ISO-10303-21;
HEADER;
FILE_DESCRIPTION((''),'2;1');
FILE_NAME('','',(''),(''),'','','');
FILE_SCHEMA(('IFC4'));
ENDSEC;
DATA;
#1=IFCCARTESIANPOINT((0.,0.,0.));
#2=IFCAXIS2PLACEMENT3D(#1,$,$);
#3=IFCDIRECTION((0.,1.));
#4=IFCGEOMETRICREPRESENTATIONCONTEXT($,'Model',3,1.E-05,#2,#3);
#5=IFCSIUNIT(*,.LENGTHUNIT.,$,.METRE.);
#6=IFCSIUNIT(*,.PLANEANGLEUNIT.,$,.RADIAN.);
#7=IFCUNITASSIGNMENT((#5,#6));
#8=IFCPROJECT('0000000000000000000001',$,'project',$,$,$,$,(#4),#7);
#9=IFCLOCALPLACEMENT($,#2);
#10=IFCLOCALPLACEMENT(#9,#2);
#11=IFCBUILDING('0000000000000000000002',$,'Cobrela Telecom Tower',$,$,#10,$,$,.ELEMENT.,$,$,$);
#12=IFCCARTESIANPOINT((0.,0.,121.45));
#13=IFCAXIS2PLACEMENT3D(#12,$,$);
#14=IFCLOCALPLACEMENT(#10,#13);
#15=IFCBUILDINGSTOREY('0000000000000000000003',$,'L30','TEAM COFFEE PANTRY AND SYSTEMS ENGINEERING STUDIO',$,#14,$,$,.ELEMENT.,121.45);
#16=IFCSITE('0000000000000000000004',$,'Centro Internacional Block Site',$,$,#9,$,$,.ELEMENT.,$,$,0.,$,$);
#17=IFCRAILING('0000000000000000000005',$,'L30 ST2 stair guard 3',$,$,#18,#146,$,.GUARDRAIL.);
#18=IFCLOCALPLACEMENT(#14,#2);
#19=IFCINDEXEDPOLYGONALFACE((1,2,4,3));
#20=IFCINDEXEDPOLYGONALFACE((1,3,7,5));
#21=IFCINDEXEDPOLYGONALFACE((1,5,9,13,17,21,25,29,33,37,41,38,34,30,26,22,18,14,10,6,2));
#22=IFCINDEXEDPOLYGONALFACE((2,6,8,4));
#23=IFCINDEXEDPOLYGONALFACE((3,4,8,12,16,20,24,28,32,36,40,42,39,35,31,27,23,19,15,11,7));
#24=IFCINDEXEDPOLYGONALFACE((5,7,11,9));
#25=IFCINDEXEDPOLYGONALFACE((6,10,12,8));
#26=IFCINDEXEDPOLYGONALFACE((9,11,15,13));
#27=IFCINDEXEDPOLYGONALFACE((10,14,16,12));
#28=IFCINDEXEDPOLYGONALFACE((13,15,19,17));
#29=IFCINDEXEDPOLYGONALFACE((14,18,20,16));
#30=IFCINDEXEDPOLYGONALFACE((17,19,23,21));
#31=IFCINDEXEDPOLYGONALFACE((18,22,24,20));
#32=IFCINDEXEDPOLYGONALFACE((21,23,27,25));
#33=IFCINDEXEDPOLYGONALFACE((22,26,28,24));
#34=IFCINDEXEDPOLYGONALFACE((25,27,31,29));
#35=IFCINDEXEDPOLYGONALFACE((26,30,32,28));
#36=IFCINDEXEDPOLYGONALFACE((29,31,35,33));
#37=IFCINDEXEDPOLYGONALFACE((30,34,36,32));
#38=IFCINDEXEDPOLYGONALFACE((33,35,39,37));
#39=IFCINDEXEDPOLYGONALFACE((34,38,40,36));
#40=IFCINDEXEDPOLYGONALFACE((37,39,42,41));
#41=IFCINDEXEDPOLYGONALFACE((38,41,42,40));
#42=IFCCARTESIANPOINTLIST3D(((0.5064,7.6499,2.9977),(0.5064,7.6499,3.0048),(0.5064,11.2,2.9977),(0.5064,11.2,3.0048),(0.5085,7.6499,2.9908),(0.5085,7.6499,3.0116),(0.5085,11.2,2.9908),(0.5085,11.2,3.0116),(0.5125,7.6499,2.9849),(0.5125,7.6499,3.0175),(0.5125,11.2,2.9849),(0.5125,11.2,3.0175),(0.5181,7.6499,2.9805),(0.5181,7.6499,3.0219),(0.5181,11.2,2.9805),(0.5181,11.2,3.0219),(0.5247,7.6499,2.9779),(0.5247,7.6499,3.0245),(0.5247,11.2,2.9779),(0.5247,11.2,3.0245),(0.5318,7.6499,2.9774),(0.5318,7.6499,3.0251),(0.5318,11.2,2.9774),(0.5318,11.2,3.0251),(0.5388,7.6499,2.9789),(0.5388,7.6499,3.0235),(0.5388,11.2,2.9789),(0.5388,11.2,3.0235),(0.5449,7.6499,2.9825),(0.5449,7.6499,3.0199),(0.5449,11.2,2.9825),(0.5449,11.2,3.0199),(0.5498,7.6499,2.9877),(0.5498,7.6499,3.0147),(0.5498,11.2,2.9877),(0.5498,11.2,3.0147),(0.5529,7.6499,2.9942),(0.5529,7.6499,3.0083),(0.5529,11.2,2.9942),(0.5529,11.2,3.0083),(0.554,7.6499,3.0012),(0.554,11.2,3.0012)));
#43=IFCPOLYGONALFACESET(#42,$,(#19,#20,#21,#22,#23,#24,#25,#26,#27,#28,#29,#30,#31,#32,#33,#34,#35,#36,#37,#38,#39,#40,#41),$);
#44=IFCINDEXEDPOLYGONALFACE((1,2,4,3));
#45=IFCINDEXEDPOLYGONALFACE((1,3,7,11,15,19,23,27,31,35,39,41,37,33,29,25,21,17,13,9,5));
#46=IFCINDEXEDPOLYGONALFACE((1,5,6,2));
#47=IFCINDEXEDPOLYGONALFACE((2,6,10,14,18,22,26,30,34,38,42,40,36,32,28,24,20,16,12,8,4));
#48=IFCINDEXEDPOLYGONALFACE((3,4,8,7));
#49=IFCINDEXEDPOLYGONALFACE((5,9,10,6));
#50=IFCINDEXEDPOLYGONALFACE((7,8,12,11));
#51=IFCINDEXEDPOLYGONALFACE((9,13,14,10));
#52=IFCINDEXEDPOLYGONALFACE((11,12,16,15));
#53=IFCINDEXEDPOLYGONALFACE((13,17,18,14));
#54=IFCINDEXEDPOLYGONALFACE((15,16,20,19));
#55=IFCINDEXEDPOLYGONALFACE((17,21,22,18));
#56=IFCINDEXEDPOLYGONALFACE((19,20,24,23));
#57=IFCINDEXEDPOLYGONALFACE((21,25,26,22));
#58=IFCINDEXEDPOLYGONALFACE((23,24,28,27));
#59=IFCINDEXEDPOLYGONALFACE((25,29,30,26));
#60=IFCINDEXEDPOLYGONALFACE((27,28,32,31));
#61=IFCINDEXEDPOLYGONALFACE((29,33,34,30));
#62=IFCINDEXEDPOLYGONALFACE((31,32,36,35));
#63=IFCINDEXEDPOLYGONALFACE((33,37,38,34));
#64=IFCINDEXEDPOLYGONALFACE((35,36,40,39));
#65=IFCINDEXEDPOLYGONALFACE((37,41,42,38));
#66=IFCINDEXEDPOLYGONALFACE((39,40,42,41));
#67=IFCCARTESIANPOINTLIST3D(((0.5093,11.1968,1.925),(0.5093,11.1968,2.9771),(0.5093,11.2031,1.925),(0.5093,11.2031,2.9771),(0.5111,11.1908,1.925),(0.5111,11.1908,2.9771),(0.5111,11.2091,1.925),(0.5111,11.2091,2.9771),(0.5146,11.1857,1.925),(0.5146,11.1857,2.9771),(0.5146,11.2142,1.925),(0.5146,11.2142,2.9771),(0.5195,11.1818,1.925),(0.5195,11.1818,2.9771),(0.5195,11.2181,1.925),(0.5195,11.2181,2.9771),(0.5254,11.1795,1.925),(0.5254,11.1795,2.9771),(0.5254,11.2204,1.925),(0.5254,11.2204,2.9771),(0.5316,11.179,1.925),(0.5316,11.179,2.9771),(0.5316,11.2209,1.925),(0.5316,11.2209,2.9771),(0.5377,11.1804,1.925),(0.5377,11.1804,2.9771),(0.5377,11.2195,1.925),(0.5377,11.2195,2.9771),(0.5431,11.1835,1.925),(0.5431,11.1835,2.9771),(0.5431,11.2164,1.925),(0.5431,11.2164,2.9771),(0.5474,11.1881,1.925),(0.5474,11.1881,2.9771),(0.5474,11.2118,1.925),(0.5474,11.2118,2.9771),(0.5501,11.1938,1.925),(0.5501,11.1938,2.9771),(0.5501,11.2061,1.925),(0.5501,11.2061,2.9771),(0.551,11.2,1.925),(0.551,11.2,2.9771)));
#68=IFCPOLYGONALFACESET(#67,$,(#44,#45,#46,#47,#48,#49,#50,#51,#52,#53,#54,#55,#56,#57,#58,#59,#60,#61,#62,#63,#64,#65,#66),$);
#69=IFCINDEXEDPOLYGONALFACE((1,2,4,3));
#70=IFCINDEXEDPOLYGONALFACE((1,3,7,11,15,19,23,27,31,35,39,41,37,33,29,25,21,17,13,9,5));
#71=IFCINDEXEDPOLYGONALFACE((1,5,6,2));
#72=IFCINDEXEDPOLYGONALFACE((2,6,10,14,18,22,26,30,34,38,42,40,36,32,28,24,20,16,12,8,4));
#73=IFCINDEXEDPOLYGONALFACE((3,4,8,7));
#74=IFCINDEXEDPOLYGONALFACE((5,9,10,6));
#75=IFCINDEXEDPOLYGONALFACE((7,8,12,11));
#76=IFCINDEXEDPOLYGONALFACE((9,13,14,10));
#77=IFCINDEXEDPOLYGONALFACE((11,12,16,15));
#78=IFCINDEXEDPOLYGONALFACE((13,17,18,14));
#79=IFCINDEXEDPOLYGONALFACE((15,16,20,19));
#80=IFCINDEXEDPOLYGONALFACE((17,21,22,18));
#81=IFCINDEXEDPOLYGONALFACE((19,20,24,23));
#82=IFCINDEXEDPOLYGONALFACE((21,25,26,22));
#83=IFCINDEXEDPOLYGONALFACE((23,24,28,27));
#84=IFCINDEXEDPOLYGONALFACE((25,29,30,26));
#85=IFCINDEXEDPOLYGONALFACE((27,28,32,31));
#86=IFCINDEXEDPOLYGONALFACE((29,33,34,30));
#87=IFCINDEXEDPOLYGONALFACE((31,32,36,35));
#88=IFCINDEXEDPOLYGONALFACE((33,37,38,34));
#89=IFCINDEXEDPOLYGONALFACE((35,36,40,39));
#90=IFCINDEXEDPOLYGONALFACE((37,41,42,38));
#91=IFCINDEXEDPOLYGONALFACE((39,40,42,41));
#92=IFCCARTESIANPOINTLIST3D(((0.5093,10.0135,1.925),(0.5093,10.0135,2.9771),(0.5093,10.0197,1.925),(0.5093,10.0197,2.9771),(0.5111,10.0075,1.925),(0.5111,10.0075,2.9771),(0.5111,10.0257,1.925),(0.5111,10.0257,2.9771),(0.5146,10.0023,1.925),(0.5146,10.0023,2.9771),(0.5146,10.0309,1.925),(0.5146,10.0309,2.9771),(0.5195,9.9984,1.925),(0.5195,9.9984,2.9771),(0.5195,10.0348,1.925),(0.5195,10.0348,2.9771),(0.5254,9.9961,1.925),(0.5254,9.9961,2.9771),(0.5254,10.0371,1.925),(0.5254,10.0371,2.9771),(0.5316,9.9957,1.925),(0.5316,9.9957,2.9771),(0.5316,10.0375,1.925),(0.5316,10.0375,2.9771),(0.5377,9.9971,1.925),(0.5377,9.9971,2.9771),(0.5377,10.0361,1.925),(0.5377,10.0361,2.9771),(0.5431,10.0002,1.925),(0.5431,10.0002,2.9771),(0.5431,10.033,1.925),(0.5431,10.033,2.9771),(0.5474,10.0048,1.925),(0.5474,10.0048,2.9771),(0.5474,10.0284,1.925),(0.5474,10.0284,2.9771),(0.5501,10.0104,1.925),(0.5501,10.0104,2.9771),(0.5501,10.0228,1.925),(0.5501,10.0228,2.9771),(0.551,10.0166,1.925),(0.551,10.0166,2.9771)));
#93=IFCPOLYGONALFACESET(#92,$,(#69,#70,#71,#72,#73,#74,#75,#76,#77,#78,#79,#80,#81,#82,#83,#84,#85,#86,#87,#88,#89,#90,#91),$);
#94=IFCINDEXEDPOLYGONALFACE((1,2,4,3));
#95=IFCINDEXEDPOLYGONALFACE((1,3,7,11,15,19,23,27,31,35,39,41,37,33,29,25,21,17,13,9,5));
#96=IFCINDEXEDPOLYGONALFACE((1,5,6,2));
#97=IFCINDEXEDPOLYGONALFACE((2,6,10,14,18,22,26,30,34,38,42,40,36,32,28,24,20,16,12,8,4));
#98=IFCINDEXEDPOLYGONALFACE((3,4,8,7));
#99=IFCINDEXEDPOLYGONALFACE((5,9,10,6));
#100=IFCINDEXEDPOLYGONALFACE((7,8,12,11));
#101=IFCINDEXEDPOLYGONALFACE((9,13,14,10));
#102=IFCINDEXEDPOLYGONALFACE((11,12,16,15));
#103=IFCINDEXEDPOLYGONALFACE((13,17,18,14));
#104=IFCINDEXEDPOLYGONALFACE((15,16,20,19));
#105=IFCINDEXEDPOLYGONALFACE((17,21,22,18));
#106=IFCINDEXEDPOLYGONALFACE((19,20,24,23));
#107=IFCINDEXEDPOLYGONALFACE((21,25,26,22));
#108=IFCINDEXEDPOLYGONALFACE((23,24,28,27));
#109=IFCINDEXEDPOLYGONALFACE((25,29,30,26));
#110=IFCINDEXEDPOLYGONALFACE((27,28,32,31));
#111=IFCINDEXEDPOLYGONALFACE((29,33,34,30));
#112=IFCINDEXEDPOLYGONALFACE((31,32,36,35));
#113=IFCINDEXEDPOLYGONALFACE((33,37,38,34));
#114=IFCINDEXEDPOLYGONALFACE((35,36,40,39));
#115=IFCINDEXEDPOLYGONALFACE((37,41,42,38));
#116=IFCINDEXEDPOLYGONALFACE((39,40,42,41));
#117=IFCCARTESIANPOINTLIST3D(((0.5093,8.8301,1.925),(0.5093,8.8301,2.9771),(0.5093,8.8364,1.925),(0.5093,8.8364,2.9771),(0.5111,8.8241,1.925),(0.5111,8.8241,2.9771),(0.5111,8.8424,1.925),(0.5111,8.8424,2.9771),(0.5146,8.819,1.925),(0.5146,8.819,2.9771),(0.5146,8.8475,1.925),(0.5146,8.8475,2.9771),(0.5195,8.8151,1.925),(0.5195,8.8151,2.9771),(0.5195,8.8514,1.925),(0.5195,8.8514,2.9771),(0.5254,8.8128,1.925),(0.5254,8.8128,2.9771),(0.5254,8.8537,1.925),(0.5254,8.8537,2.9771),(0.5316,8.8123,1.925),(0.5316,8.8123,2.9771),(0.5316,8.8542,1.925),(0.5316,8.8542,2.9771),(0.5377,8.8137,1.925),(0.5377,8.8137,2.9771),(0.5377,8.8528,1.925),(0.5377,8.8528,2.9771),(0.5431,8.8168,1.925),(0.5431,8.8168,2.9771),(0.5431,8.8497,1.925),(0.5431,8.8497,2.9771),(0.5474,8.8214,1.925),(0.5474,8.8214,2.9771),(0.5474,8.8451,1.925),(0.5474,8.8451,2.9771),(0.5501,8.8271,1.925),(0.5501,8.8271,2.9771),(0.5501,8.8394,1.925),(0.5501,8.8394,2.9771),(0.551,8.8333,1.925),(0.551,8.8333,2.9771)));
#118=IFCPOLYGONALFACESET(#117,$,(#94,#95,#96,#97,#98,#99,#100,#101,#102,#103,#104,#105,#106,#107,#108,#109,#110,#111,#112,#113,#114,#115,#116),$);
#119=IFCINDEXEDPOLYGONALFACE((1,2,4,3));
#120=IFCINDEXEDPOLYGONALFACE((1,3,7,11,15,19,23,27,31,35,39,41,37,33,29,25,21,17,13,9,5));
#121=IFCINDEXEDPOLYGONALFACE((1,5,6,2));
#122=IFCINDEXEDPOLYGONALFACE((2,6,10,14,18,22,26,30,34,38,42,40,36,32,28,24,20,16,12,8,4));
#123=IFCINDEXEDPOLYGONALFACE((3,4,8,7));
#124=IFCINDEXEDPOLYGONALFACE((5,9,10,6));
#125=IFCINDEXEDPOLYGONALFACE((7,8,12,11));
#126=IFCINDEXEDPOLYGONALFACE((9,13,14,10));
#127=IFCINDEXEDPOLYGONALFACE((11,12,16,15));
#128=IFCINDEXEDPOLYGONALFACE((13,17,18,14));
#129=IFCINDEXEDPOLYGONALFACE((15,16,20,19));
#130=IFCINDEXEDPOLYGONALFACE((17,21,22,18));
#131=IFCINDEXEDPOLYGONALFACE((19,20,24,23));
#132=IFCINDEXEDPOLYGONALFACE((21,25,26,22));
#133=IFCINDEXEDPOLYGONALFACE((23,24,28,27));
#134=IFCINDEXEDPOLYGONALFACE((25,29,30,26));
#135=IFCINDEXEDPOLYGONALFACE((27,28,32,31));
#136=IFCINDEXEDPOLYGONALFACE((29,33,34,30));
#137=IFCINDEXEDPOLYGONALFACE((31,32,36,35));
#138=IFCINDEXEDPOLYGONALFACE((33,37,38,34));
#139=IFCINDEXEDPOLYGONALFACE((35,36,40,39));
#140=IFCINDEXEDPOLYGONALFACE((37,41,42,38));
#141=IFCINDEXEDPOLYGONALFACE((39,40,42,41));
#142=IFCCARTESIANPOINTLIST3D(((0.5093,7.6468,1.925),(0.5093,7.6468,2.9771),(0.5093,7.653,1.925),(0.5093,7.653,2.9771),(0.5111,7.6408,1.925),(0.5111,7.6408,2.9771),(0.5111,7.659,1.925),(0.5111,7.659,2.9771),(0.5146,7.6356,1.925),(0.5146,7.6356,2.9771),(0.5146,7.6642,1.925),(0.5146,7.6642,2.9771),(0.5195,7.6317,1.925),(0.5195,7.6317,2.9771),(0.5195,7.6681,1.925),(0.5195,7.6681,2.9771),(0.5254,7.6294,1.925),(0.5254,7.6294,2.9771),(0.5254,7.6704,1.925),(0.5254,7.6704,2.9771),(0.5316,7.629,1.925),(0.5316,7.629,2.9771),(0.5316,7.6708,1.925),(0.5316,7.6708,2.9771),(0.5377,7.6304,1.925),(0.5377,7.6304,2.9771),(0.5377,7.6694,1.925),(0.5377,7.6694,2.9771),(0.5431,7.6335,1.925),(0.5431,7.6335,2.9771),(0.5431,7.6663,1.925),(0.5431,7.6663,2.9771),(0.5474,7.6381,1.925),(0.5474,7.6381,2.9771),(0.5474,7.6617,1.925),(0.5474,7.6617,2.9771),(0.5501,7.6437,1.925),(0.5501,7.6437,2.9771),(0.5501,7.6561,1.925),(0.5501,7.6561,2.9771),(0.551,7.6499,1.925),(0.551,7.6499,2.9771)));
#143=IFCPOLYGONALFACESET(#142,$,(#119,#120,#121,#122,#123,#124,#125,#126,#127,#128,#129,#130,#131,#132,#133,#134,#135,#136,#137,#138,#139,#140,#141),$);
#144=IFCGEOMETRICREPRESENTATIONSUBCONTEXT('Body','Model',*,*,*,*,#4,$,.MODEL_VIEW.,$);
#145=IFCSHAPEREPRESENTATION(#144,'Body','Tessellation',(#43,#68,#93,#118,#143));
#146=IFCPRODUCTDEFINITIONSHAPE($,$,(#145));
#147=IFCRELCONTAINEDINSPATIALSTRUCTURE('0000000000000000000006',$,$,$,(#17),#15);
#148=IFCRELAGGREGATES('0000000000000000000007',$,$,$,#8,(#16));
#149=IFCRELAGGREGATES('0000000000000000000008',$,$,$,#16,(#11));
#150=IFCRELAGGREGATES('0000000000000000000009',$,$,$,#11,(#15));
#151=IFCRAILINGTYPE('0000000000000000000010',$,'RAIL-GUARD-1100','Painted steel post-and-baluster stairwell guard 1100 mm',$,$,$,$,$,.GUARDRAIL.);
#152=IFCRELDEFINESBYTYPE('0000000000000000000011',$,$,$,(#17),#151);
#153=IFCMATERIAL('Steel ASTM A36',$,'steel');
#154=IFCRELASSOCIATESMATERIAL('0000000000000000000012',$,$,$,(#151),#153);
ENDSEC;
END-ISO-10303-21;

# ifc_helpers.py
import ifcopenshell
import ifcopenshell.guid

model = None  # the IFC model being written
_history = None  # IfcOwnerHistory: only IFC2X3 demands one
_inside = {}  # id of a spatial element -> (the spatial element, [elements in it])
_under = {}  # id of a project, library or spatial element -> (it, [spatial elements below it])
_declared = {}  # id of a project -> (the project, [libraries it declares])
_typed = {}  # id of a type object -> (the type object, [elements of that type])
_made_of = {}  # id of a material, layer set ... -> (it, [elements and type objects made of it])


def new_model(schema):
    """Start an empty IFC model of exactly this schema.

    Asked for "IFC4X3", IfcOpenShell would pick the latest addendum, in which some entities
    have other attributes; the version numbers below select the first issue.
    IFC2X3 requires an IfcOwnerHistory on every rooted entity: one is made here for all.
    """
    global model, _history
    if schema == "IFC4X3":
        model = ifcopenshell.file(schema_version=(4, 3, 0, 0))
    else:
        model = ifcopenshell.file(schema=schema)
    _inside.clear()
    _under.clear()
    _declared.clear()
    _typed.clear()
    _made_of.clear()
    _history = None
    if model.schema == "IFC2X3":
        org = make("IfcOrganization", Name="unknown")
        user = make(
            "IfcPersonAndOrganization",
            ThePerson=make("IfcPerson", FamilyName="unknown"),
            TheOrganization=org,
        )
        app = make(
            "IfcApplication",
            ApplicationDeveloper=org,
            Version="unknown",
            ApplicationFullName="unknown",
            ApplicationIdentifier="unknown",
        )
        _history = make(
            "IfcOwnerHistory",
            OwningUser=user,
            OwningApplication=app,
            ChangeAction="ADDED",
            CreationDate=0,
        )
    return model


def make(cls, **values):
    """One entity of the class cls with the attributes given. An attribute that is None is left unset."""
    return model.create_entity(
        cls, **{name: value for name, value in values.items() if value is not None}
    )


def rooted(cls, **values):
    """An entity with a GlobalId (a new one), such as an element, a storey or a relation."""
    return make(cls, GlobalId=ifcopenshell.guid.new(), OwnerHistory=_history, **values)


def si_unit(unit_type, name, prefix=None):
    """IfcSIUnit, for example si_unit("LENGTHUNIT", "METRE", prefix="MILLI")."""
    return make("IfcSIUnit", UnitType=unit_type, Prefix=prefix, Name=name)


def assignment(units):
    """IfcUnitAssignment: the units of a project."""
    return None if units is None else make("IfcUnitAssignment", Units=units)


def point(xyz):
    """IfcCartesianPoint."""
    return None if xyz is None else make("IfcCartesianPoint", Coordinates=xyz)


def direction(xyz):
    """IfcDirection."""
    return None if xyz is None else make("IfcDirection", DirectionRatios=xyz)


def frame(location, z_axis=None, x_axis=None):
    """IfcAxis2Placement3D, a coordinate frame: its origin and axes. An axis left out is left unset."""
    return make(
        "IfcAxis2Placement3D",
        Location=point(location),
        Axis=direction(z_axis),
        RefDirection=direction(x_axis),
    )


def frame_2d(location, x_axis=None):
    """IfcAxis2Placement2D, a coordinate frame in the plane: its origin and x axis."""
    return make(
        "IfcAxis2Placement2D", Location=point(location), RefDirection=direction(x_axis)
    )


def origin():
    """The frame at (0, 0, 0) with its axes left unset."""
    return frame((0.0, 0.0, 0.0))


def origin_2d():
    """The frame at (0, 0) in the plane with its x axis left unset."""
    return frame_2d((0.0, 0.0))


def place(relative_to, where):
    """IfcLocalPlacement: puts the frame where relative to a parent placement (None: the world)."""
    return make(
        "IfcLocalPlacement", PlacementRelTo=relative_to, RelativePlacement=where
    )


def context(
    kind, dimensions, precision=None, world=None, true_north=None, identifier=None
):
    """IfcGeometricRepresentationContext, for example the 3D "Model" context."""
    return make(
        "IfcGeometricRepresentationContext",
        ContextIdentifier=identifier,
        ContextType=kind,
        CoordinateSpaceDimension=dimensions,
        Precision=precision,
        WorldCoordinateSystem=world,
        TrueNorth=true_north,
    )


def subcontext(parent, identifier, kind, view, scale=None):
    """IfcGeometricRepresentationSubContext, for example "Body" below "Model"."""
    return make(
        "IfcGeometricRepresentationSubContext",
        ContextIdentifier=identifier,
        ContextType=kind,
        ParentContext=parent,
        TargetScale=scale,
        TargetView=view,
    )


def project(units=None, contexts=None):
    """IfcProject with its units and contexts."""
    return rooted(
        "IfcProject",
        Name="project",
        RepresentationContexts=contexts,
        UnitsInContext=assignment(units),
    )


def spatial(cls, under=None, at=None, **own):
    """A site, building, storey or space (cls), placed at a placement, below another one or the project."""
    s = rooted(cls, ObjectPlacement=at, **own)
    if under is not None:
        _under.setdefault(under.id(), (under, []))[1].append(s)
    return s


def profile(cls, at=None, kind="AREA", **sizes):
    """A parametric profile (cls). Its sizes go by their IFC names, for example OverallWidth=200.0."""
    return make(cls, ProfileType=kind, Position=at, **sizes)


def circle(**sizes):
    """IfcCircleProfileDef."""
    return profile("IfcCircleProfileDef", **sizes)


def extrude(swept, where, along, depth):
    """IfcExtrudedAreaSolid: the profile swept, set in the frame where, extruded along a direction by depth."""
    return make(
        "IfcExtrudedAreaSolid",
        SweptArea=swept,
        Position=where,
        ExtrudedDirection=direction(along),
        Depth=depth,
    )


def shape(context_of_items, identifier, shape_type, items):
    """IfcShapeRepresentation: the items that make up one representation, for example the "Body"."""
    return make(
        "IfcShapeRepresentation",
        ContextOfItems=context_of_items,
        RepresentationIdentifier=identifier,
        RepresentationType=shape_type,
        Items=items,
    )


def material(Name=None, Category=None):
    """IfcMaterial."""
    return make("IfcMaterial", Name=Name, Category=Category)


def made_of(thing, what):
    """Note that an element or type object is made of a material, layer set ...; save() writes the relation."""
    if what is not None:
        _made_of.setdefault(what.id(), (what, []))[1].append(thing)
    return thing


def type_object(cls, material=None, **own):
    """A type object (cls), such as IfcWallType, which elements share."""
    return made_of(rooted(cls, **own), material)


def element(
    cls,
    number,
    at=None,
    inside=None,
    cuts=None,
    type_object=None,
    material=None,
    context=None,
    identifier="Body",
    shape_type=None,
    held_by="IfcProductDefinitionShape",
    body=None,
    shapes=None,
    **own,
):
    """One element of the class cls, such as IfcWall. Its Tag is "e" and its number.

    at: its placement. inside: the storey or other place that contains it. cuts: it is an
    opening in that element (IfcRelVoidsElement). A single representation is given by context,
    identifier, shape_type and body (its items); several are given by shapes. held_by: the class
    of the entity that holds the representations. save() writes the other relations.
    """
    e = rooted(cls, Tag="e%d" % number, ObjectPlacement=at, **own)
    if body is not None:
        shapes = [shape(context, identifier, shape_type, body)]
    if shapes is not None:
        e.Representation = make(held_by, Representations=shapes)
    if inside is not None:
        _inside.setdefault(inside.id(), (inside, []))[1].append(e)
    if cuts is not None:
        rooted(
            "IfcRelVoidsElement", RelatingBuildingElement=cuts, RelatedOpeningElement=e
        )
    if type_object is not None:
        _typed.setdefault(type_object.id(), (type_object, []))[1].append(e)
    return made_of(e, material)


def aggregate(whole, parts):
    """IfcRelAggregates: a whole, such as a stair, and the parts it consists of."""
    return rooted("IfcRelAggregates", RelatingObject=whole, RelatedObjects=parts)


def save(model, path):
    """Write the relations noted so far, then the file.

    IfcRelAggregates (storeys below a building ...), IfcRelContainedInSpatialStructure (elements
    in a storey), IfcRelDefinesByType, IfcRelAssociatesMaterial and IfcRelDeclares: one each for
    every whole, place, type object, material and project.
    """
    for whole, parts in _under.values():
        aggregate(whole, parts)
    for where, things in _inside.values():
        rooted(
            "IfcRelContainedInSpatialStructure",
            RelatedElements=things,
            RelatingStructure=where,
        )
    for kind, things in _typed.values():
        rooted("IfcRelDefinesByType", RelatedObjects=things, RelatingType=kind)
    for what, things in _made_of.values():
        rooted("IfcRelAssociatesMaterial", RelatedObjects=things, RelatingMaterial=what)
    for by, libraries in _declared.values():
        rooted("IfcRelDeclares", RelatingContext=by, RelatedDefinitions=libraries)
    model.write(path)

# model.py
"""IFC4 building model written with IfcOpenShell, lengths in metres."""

from ifc_helpers import new_model, si_unit, direction, frame, origin, origin_2d, place, context, subcontext, project, spatial, circle, extrude, material, type_object, element, save


model = new_model("IFC4")

# Units and contexts
model_context = context("Model", 3, precision=1e-05, world=origin(), true_north=direction((0.0, 1.0)))
body_context = subcontext(model_context, "Body", "Model", "MODEL_VIEW")
ifc_project = project(units=[si_unit("LENGTHUNIT", "METRE"), si_unit("PLANEANGLEUNIT", "RADIAN")], contexts=[model_context])

# Site, building, storey
site_placement = place(None, origin())
site = spatial("IfcSite", under=ifc_project, at=site_placement, Name="Centro Internacional Block Site", CompositionType="ELEMENT", RefElevation=0.0)
building_placement = place(site_placement, origin())
building = spatial("IfcBuilding", under=site, at=building_placement, Name="Cobrela Telecom Tower", CompositionType="ELEMENT")
storey_placement = place(building_placement, frame((0.0, 0.0, 121.45)))
storey = spatial("IfcBuildingStorey", under=building, at=storey_placement, Name="L30", Description="TEAM COFFEE PANTRY AND SYSTEMS ENGINEERING STUDIO", CompositionType="ELEMENT", Elevation=121.45)

# Shared definitions
ifc_material_1 = material(Name="Steel ASTM A36", Category="steel")

# Railing
railing_type_1 = type_object("IfcRailingType", Name="RAIL-GUARD-1100", Description="Painted steel post-and-baluster stairwell guard 1100 mm", PredefinedType="GUARDRAIL", material=ifc_material_1)
railing_1_placement = place(storey_placement, frame((0.53, 11.2, 1.925)))
element("IfcRailing", 1, at=railing_1_placement, inside=storey, type_object=railing_type_1, Name="L30 ST2 stair guard 3", PredefinedType="GUARDRAIL", context=body_context, shape_type="SweptSolid", body=[
    extrude(circle(Radius=0.0239, at=origin_2d()), frame((0.0, 0.0, 1.0762), z_axis=(0.0, -1.0, 0.0), x_axis=(1.0, 0.0, 0.0)), (0.0, 0.0, 1.0), 3.55),
    extrude(circle(Radius=0.021, at=origin_2d()), origin(), (0.0, 0.0, 1.0), 1.052),
    extrude(circle(Radius=0.021, at=origin_2d()), frame((0.0, -1.1833, 0.0)), (0.0, 0.0, 1.0), 1.052),
    extrude(circle(Radius=0.021, at=origin_2d()), frame((0.0, -2.3667, 0.0)), (0.0, 0.0, 1.0), 1.052),
    extrude(circle(Radius=0.021, at=origin_2d()), frame((0.0, -3.55, 0.0)), (0.0, 0.0, 1.0), 1.052),
])

save(model, "model.ifc")
